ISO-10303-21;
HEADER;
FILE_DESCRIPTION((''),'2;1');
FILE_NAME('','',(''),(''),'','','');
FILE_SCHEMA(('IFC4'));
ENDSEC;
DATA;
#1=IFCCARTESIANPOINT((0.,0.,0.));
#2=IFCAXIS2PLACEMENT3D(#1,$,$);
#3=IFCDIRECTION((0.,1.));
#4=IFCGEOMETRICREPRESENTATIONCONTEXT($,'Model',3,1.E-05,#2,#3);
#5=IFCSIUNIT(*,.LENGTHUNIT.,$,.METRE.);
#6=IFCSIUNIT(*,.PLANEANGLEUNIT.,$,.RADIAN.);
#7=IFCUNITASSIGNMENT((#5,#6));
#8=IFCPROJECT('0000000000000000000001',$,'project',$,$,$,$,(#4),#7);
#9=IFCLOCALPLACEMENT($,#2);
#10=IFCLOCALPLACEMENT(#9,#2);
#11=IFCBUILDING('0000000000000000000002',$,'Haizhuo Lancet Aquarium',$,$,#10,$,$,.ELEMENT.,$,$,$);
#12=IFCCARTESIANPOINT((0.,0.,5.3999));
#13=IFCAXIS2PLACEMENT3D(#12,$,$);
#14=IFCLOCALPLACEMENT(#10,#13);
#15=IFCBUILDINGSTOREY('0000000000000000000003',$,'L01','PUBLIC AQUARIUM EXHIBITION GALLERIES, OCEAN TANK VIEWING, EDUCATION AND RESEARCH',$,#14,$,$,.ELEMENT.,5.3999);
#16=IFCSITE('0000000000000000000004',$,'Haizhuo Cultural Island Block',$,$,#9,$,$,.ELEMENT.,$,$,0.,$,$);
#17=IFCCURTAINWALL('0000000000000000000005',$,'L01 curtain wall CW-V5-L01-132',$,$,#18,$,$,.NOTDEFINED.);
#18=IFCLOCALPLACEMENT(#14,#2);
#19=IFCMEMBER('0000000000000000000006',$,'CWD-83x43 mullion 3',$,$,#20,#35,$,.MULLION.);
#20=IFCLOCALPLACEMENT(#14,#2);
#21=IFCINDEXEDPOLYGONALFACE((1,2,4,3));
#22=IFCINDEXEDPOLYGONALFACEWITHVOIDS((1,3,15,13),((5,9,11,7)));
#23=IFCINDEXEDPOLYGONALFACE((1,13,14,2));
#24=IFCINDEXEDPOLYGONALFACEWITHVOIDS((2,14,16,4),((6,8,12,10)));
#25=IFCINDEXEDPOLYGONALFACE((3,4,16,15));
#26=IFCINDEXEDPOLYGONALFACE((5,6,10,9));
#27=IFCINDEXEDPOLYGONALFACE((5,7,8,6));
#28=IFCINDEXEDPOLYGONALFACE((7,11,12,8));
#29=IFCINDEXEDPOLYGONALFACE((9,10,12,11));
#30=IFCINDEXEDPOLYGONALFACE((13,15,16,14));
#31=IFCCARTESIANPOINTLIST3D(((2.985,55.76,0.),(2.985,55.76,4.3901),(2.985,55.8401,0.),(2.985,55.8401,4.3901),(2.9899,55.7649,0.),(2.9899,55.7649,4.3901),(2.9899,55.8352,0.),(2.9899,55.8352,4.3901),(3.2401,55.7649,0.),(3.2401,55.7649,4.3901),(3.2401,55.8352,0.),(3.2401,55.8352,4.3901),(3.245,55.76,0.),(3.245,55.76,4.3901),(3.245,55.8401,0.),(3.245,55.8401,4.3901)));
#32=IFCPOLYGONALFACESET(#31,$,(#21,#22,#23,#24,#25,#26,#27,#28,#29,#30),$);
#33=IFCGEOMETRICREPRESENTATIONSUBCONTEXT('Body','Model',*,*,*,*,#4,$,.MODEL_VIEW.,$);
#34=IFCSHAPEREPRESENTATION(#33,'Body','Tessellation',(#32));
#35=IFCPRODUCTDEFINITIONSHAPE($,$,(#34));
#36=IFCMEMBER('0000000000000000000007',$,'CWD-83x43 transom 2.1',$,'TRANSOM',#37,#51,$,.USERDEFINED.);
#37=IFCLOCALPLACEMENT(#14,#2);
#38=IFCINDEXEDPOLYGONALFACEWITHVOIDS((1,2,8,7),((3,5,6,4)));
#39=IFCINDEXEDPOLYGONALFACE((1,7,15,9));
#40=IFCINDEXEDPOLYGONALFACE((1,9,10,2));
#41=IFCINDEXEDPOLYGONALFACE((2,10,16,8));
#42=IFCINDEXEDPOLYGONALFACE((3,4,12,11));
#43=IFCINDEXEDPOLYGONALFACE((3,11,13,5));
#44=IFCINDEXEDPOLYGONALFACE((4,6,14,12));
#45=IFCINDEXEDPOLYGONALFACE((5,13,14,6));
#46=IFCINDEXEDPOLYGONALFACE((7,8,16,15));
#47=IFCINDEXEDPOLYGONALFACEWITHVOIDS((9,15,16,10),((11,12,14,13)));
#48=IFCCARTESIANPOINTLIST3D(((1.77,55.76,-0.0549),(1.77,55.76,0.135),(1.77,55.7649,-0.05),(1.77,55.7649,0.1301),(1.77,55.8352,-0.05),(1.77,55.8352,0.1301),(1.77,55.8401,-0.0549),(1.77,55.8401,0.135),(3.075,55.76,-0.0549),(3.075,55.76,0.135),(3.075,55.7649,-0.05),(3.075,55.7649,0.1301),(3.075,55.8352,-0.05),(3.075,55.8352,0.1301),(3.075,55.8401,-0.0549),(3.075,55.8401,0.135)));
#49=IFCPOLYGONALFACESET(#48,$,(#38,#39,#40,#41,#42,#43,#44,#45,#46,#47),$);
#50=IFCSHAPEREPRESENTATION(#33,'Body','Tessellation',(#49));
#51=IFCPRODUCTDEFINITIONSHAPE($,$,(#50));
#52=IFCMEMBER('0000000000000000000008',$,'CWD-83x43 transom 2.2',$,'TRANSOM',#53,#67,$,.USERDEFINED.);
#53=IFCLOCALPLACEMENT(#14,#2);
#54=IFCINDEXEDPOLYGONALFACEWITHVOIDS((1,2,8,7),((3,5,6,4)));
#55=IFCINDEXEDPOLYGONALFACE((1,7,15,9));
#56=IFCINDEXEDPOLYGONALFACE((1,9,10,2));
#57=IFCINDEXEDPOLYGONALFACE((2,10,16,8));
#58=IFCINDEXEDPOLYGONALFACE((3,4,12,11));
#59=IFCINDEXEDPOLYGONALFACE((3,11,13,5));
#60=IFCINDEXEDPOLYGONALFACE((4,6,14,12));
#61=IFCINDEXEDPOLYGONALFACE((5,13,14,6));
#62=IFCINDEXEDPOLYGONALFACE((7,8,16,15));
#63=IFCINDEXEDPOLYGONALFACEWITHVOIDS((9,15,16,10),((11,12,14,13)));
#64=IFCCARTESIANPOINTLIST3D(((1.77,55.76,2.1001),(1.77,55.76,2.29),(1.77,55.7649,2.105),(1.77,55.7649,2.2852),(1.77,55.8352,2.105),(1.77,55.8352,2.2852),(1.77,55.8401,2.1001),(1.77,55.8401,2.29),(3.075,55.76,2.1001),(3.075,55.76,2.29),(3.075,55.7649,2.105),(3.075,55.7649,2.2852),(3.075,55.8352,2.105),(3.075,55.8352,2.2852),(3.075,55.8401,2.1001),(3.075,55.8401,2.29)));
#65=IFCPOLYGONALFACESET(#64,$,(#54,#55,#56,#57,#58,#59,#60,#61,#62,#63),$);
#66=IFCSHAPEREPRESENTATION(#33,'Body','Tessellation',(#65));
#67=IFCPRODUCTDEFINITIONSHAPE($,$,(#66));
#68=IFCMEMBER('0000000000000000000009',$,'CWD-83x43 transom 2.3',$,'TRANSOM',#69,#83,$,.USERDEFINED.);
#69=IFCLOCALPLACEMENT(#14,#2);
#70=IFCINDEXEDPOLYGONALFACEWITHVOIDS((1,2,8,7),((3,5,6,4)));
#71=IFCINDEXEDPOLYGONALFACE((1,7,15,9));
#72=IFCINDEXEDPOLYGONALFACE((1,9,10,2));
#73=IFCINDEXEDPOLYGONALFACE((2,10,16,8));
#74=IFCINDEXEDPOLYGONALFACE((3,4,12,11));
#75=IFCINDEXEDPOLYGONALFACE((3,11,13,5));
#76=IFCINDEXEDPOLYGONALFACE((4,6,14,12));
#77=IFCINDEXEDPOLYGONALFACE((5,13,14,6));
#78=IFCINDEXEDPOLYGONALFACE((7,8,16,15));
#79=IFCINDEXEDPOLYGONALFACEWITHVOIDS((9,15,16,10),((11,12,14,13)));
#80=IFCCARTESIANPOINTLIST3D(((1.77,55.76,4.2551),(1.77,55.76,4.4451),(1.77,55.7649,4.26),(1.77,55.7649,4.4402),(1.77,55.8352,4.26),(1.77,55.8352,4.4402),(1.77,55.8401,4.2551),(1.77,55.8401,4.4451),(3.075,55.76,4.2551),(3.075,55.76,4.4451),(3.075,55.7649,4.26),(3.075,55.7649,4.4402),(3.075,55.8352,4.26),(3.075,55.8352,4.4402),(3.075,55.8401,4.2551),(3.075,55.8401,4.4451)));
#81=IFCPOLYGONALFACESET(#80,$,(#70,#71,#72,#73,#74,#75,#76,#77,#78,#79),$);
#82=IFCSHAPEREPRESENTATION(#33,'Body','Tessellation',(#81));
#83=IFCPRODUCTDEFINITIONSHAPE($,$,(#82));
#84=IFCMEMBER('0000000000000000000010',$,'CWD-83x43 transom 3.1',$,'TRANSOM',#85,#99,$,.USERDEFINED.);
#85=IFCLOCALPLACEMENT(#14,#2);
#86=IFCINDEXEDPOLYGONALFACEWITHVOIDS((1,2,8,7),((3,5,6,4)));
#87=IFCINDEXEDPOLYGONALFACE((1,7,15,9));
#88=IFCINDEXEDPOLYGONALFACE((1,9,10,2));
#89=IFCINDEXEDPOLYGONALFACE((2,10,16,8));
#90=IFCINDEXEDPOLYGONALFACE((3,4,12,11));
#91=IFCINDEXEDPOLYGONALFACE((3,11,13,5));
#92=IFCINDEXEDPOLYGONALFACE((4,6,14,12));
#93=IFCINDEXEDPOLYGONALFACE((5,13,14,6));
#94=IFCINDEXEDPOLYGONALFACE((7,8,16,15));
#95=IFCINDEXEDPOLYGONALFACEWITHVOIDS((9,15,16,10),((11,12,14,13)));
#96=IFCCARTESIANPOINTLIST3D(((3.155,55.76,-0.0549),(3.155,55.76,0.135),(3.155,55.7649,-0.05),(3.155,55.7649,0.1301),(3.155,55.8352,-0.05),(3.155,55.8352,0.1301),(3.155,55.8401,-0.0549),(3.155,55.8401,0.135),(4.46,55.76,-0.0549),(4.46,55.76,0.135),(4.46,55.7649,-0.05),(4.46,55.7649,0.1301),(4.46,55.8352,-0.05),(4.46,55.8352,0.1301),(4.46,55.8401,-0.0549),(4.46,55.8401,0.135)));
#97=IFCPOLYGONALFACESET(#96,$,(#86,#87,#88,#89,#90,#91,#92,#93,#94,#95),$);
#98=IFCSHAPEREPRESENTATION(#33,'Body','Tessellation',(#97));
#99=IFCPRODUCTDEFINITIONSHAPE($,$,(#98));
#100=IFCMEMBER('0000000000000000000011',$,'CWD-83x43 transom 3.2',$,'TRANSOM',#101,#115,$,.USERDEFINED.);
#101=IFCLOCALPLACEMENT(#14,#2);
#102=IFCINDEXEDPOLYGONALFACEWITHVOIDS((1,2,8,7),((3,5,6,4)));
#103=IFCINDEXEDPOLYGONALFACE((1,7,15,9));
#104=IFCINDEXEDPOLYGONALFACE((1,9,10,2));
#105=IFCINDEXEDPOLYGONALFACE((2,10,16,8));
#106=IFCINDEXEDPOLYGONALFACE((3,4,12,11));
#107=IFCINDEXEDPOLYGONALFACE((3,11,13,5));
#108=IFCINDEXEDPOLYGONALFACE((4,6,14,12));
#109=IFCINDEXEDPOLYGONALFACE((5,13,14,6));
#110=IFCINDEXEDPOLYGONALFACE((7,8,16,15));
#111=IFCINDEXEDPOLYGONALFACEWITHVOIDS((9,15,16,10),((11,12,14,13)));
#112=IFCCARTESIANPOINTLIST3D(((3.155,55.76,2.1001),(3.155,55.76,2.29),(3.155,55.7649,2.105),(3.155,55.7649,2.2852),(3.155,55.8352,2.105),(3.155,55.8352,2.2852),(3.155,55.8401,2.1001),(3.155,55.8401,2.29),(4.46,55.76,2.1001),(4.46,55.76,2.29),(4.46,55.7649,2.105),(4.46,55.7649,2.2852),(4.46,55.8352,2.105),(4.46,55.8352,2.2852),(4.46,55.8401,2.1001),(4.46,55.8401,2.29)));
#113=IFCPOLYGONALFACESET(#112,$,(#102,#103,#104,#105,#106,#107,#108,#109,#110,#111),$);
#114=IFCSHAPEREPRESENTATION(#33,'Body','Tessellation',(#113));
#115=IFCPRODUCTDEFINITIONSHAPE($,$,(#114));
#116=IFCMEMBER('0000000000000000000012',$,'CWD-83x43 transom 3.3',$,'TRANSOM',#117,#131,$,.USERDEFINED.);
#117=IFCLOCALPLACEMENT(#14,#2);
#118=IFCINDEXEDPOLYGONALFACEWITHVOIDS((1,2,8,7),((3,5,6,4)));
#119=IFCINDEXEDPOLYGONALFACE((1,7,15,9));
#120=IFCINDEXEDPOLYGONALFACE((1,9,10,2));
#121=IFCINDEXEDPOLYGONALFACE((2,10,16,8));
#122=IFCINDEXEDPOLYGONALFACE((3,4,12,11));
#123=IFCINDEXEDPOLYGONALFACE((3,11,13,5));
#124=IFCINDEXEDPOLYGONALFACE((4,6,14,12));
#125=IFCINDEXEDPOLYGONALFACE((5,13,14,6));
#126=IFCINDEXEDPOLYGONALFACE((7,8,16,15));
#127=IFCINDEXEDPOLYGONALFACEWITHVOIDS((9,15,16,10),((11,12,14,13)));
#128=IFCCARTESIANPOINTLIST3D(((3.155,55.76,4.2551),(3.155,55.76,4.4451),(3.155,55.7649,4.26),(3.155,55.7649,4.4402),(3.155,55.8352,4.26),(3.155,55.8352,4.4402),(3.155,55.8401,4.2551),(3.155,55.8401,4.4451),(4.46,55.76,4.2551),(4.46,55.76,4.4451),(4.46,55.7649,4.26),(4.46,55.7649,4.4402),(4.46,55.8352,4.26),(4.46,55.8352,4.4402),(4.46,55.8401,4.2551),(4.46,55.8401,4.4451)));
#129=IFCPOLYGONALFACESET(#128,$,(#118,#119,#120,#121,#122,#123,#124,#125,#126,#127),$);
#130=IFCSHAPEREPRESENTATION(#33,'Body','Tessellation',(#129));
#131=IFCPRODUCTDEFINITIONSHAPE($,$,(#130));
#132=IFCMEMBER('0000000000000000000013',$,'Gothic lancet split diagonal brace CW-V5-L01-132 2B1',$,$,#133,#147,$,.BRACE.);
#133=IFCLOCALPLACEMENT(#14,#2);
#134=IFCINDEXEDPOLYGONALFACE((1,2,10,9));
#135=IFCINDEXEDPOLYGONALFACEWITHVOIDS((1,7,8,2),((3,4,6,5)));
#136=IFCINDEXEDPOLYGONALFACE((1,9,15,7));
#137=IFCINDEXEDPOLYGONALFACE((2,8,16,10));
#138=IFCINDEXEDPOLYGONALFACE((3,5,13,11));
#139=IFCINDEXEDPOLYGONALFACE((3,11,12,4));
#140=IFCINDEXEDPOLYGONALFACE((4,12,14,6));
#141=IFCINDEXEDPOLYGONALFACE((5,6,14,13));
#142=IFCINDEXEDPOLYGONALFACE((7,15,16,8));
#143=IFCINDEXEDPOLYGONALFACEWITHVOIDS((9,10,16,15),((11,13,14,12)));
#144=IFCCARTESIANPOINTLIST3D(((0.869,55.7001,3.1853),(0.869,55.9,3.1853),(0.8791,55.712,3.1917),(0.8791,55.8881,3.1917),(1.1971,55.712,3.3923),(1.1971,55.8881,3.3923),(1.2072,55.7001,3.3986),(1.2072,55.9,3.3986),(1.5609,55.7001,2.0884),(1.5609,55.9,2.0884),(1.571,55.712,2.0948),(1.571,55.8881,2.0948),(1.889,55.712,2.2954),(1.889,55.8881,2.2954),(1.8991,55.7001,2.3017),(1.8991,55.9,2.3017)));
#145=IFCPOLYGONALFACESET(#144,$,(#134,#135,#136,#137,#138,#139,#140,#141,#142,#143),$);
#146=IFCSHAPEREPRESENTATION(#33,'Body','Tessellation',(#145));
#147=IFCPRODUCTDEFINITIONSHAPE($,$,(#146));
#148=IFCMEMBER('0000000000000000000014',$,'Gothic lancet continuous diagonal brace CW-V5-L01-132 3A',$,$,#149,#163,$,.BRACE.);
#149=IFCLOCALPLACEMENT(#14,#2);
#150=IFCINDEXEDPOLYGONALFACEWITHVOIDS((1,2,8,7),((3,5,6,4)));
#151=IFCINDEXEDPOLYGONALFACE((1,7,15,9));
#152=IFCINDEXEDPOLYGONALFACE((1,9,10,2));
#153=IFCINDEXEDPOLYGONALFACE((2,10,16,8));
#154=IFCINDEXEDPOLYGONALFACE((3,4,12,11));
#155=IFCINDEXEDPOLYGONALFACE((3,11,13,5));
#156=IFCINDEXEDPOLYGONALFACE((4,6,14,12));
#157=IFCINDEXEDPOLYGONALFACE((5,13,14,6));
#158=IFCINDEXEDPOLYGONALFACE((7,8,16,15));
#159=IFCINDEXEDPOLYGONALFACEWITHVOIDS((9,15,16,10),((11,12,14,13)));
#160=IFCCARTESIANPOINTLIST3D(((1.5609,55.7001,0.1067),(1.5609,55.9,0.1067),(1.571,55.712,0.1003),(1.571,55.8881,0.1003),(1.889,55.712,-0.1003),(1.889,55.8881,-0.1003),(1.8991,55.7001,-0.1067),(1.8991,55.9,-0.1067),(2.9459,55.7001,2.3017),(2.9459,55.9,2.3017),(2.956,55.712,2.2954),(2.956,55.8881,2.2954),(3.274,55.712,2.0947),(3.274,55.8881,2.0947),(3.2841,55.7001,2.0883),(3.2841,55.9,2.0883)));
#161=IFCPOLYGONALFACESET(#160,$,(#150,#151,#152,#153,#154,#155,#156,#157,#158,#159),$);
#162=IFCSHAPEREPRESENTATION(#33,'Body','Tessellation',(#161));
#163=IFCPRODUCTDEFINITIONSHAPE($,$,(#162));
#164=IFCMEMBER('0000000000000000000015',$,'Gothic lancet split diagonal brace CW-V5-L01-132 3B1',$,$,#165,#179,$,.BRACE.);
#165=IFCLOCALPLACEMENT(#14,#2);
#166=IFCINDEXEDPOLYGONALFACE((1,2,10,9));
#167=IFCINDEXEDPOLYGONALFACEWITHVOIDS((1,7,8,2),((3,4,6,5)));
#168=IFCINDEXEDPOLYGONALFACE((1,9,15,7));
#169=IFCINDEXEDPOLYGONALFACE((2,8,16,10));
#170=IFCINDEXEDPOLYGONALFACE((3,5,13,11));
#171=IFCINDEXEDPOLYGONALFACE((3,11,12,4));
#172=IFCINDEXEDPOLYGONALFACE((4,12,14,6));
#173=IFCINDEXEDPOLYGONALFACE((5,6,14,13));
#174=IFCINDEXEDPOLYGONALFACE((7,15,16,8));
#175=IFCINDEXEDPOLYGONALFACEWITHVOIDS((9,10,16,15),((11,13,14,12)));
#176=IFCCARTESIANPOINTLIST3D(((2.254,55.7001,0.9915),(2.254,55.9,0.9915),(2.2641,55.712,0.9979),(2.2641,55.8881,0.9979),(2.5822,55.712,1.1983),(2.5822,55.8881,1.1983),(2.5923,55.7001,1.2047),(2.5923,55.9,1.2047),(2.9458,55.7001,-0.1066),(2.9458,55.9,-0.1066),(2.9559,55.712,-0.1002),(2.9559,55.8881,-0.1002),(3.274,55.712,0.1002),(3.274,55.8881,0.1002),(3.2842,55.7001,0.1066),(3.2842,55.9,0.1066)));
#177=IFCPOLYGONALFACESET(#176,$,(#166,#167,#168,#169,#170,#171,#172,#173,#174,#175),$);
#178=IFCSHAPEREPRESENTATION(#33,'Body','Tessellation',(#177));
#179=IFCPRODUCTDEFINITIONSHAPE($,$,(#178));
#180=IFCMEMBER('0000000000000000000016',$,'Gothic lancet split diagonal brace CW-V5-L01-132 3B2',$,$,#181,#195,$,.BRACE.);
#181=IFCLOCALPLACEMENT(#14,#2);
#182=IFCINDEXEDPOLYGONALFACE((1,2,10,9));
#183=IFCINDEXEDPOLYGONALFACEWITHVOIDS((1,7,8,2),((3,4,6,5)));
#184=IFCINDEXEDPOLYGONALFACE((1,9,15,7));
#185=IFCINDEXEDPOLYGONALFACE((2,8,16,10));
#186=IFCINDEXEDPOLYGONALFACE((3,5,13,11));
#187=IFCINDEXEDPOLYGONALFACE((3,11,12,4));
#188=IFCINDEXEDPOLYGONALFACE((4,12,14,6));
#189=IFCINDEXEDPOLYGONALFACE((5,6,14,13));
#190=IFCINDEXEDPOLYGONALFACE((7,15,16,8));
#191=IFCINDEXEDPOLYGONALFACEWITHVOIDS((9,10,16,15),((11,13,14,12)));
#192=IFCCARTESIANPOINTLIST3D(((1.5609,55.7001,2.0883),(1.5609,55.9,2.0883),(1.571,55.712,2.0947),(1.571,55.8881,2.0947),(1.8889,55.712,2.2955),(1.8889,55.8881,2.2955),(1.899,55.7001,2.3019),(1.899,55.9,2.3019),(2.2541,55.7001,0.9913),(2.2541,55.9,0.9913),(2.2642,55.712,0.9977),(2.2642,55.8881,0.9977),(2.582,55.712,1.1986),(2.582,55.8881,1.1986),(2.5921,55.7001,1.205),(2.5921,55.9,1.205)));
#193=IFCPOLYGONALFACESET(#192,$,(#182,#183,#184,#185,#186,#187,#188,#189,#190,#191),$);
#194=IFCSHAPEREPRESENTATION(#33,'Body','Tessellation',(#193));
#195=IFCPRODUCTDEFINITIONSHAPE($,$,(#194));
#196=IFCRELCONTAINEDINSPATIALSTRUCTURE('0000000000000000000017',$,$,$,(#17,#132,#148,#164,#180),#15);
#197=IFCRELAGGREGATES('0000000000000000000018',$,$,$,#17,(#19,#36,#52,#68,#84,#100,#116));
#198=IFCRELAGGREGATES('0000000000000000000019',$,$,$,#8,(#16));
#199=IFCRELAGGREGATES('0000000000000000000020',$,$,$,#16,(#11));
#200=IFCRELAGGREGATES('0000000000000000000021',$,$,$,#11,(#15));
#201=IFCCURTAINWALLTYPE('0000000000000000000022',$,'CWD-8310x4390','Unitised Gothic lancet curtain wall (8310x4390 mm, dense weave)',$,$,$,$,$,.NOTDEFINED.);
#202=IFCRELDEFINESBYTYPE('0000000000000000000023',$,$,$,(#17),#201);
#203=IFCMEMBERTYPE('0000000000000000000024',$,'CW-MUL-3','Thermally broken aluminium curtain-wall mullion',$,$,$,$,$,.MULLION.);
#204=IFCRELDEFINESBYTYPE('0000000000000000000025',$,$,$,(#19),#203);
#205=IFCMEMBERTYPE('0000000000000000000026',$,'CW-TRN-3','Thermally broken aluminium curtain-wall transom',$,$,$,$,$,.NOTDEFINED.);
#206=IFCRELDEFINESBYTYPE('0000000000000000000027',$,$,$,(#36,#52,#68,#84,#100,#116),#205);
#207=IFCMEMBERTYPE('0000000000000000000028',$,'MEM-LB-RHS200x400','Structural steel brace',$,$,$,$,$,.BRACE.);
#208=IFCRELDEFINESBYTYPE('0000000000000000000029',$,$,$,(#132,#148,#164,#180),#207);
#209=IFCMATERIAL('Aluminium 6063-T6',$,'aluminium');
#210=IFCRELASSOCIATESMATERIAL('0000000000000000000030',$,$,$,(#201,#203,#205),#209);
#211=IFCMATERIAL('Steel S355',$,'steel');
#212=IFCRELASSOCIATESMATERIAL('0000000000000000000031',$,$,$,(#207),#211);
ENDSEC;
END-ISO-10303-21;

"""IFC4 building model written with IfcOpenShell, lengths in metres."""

from ifc_helpers import new_model, si_unit, direction, frame, origin, origin_2d, place, context, subcontext, project, spatial, hollow_rectangle, extrude, material, material_profile, profile_set, type_object, element, aggregate, save


model = new_model("IFC4")

# Units and contexts
model_context = context("Model", 3, precision=1e-05, world=origin(), true_north=direction((0.0, 1.0)))
body_context = subcontext(model_context, "Body", "Model", "MODEL_VIEW")
ifc_project = project(units=[si_unit("LENGTHUNIT", "METRE"), si_unit("PLANEANGLEUNIT", "RADIAN")], contexts=[model_context])

# Site, building, storey
site_placement = place(None, origin())
site = spatial("IfcSite", under=ifc_project, at=site_placement, Name="Haizhuo Cultural Island Block", CompositionType="ELEMENT", RefElevation=0.0)
building_placement = place(site_placement, origin())
building = spatial("IfcBuilding", under=site, at=building_placement, Name="Haizhuo Lancet Aquarium", CompositionType="ELEMENT")
storey_placement = place(building_placement, frame((0.0, 0.0, 5.3999)))
storey = spatial("IfcBuildingStorey", under=building, at=storey_placement, Name="L01", Description="PUBLIC AQUARIUM EXHIBITION GALLERIES, OCEAN TANK VIEWING, EDUCATION AND RESEARCH", CompositionType="ELEMENT", Elevation=5.3999)

# Curtain wall, members
ifc_material_1 = material(Name="Aluminium 6063-T6", Category="aluminium")
curtain_wall_type = type_object("IfcCurtainWallType", Name="CWD-8310x4390", Description="Unitised Gothic lancet curtain wall (8310x4390 mm, dense weave)", PredefinedType="NOTDEFINED", material=ifc_material_1)
curtain_wall_placement = place(storey_placement, origin())
curtain_wall = element("IfcCurtainWall", 1, at=curtain_wall_placement, inside=storey, type_object=curtain_wall_type, Name="L01 curtain wall CW-V5-L01-132", PredefinedType="NOTDEFINED")
ifc_material_profile_1 = material_profile(ifc_material_1, hollow_rectangle(XDim=0.0801, YDim=0.26, WallThickness=0.0049, at=origin_2d()), Name="ALU-M 80x260x5")
ifc_profile_set_1 = profile_set([ifc_material_profile_1], Name="Aluminium 6063-T6")
member_type_1 = type_object("IfcMemberType", Name="CW-MUL-3", Description="Thermally broken aluminium curtain-wall mullion", PredefinedType="MULLION", material=ifc_profile_set_1)
member_1_placement = place(storey_placement, frame((3.115, 55.8, 0.0), z_axis=(0.0, 0.0, 1.0), x_axis=(0.0, 1.0, 0.0)))
member_1 = element("IfcMember", 2, at=member_1_placement, type_object=member_type_1, Name="CWD-83x43 mullion 3", PredefinedType="MULLION", context=body_context, shape_type="SweptSolid", body=[
    extrude(hollow_rectangle(XDim=0.0801, YDim=0.26, WallThickness=0.0049, at=origin_2d()), origin(), (0.0, 0.0, 1.0), 4.3901),
])
ifc_material_profile_2 = material_profile(ifc_material_1, hollow_rectangle(XDim=0.0801, YDim=0.1899, WallThickness=0.0049, at=origin_2d()), Name="ALU-T 80x190x5")
ifc_profile_set_2 = profile_set([ifc_material_profile_2], Name="Aluminium 6063-T6")
member_type_2 = type_object("IfcMemberType", Name="CW-TRN-3", Description="Thermally broken aluminium curtain-wall transom", PredefinedType="NOTDEFINED", material=ifc_profile_set_2)
member_2_placement = place(storey_placement, frame((1.77, 55.8, 0.04), z_axis=(1.0, 0.0, 0.0), x_axis=(0.0, 1.0, 0.0)))
member_2 = element("IfcMember", 3, at=member_2_placement, type_object=member_type_2, Name="CWD-83x43 transom 2.1", ObjectType="TRANSOM", PredefinedType="USERDEFINED", context=body_context, shape_type="SweptSolid", body=[
    extrude(hollow_rectangle(XDim=0.0801, YDim=0.1899, WallThickness=0.0049, at=origin_2d()), origin(), (0.0, 0.0, 1.0), 1.3049),
])
member_3_placement = place(storey_placement, frame((1.77, 55.8, 2.1951), z_axis=(1.0, 0.0, 0.0), x_axis=(0.0, 1.0, 0.0)))
member_3 = element("IfcMember", 4, at=member_3_placement, type_object=member_type_2, Name="CWD-83x43 transom 2.2", ObjectType="TRANSOM", PredefinedType="USERDEFINED", context=body_context, shape_type="SweptSolid", body=[
    extrude(hollow_rectangle(XDim=0.0801, YDim=0.1899, WallThickness=0.0049, at=origin_2d()), origin(), (0.0, 0.0, 1.0), 1.3049),
])
member_4_placement = place(storey_placement, frame((1.77, 55.8, 4.3501), z_axis=(1.0, 0.0, 0.0), x_axis=(0.0, 1.0, 0.0)))
member_4 = element("IfcMember", 5, at=member_4_placement, type_object=member_type_2, Name="CWD-83x43 transom 2.3", ObjectType="TRANSOM", PredefinedType="USERDEFINED", context=body_context, shape_type="SweptSolid", body=[
    extrude(hollow_rectangle(XDim=0.0801, YDim=0.1899, WallThickness=0.0049, at=origin_2d()), origin(), (0.0, 0.0, 1.0), 1.3049),
])
member_5_placement = place(storey_placement, frame((3.155, 55.8, 0.04), z_axis=(1.0, 0.0, 0.0), x_axis=(0.0, 1.0, 0.0)))
member_5 = element("IfcMember", 6, at=member_5_placement, type_object=member_type_2, Name="CWD-83x43 transom 3.1", ObjectType="TRANSOM", PredefinedType="USERDEFINED", context=body_context, shape_type="SweptSolid", body=[
    extrude(hollow_rectangle(XDim=0.0801, YDim=0.1899, WallThickness=0.0049, at=origin_2d()), origin(), (0.0, 0.0, 1.0), 1.3049),
])
member_6_placement = place(storey_placement, frame((3.155, 55.8, 2.1951), z_axis=(1.0, 0.0, 0.0), x_axis=(0.0, 1.0, 0.0)))
member_6 = element("IfcMember", 7, at=member_6_placement, type_object=member_type_2, Name="CWD-83x43 transom 3.2", ObjectType="TRANSOM", PredefinedType="USERDEFINED", context=body_context, shape_type="SweptSolid", body=[
    extrude(hollow_rectangle(XDim=0.0801, YDim=0.1899, WallThickness=0.0049, at=origin_2d()), origin(), (0.0, 0.0, 1.0), 1.3049),
])
member_7_placement = place(storey_placement, frame((3.155, 55.8, 4.3501), z_axis=(1.0, 0.0, 0.0), x_axis=(0.0, 1.0, 0.0)))
member_7 = element("IfcMember", 8, at=member_7_placement, type_object=member_type_2, Name="CWD-83x43 transom 3.3", ObjectType="TRANSOM", PredefinedType="USERDEFINED", context=body_context, shape_type="SweptSolid", body=[
    extrude(hollow_rectangle(XDim=0.0801, YDim=0.1899, WallThickness=0.0049, at=origin_2d()), origin(), (0.0, 0.0, 1.0), 1.3049),
])

# Members
ifc_material_2 = material(Name="Steel S355", Category="steel")
ifc_material_profile_3 = material_profile(ifc_material_2, hollow_rectangle(XDim=0.2, YDim=0.3999, WallThickness=0.012, at=origin_2d()), Name="RHS 200x400x12")
ifc_profile_set_3 = profile_set([ifc_material_profile_3], Name="Steel S355")
member_type_3 = type_object("IfcMemberType", Name="MEM-LB-RHS200x400", Description="Structural steel brace", PredefinedType="BRACE", material=ifc_profile_set_3)
member_8_placement = place(storey_placement, frame((1.73, 55.8, 2.1951), z_axis=(-0.533497, 0.0, 0.845802), x_axis=(0.0, -1.0, 0.0)))
element("IfcMember", 9, at=member_8_placement, inside=storey, type_object=member_type_3, Name="Gothic lancet split diagonal brace CW-V5-L01-132 2B1", PredefinedType="BRACE", context=body_context, shape_type="SweptSolid", body=[
    extrude(hollow_rectangle(XDim=0.2, YDim=0.3999, WallThickness=0.012, at=origin_2d()), origin(), (0.0, 0.0, 1.0), 1.2969),
])
member_9_placement = place(storey_placement, frame((1.73, 55.8, 0.0), z_axis=(0.533621, 0.0, 0.845724), x_axis=(0.0, 1.0, 0.0)))
element("IfcMember", 10, at=member_9_placement, inside=storey, type_object=member_type_3, Name="Gothic lancet continuous diagonal brace CW-V5-L01-132 3A", PredefinedType="BRACE", context=body_context, shape_type="SweptSolid", body=[
    extrude(hollow_rectangle(XDim=0.2, YDim=0.3999, WallThickness=0.012, at=origin_2d()), origin(), (0.0, 0.0, 1.0), 2.5955),
])
member_10_placement = place(storey_placement, frame((3.115, 55.8, 0.0), z_axis=(-0.533073, 0.0, 0.846069), x_axis=(0.0, -1.0, 0.0)))
element("IfcMember", 11, at=member_10_placement, inside=storey, type_object=member_type_3, Name="Gothic lancet split diagonal brace CW-V5-L01-132 3B1", PredefinedType="BRACE", context=body_context, shape_type="SweptSolid", body=[
    extrude(hollow_rectangle(XDim=0.2, YDim=0.3999, WallThickness=0.012, at=origin_2d()), origin(), (0.0, 0.0, 1.0), 1.2979),
])
member_11_placement = place(storey_placement, frame((2.4231, 55.8, 1.0981), z_axis=(-0.53417, 0.0, 0.845377), x_axis=(0.0, -1.0, 0.0)))
element("IfcMember", 12, at=member_11_placement, inside=storey, type_object=member_type_3, Name="Gothic lancet split diagonal brace CW-V5-L01-132 3B2", PredefinedType="BRACE", context=body_context, shape_type="SweptSolid", body=[
    extrude(hollow_rectangle(XDim=0.2, YDim=0.3999, WallThickness=0.012, at=origin_2d()), origin(), (0.0, 0.0, 1.0), 1.2976),
])

aggregate(curtain_wall, [member_1, member_2, member_3, member_4, member_5, member_6, member_7])

save(model, "model.ifc")
